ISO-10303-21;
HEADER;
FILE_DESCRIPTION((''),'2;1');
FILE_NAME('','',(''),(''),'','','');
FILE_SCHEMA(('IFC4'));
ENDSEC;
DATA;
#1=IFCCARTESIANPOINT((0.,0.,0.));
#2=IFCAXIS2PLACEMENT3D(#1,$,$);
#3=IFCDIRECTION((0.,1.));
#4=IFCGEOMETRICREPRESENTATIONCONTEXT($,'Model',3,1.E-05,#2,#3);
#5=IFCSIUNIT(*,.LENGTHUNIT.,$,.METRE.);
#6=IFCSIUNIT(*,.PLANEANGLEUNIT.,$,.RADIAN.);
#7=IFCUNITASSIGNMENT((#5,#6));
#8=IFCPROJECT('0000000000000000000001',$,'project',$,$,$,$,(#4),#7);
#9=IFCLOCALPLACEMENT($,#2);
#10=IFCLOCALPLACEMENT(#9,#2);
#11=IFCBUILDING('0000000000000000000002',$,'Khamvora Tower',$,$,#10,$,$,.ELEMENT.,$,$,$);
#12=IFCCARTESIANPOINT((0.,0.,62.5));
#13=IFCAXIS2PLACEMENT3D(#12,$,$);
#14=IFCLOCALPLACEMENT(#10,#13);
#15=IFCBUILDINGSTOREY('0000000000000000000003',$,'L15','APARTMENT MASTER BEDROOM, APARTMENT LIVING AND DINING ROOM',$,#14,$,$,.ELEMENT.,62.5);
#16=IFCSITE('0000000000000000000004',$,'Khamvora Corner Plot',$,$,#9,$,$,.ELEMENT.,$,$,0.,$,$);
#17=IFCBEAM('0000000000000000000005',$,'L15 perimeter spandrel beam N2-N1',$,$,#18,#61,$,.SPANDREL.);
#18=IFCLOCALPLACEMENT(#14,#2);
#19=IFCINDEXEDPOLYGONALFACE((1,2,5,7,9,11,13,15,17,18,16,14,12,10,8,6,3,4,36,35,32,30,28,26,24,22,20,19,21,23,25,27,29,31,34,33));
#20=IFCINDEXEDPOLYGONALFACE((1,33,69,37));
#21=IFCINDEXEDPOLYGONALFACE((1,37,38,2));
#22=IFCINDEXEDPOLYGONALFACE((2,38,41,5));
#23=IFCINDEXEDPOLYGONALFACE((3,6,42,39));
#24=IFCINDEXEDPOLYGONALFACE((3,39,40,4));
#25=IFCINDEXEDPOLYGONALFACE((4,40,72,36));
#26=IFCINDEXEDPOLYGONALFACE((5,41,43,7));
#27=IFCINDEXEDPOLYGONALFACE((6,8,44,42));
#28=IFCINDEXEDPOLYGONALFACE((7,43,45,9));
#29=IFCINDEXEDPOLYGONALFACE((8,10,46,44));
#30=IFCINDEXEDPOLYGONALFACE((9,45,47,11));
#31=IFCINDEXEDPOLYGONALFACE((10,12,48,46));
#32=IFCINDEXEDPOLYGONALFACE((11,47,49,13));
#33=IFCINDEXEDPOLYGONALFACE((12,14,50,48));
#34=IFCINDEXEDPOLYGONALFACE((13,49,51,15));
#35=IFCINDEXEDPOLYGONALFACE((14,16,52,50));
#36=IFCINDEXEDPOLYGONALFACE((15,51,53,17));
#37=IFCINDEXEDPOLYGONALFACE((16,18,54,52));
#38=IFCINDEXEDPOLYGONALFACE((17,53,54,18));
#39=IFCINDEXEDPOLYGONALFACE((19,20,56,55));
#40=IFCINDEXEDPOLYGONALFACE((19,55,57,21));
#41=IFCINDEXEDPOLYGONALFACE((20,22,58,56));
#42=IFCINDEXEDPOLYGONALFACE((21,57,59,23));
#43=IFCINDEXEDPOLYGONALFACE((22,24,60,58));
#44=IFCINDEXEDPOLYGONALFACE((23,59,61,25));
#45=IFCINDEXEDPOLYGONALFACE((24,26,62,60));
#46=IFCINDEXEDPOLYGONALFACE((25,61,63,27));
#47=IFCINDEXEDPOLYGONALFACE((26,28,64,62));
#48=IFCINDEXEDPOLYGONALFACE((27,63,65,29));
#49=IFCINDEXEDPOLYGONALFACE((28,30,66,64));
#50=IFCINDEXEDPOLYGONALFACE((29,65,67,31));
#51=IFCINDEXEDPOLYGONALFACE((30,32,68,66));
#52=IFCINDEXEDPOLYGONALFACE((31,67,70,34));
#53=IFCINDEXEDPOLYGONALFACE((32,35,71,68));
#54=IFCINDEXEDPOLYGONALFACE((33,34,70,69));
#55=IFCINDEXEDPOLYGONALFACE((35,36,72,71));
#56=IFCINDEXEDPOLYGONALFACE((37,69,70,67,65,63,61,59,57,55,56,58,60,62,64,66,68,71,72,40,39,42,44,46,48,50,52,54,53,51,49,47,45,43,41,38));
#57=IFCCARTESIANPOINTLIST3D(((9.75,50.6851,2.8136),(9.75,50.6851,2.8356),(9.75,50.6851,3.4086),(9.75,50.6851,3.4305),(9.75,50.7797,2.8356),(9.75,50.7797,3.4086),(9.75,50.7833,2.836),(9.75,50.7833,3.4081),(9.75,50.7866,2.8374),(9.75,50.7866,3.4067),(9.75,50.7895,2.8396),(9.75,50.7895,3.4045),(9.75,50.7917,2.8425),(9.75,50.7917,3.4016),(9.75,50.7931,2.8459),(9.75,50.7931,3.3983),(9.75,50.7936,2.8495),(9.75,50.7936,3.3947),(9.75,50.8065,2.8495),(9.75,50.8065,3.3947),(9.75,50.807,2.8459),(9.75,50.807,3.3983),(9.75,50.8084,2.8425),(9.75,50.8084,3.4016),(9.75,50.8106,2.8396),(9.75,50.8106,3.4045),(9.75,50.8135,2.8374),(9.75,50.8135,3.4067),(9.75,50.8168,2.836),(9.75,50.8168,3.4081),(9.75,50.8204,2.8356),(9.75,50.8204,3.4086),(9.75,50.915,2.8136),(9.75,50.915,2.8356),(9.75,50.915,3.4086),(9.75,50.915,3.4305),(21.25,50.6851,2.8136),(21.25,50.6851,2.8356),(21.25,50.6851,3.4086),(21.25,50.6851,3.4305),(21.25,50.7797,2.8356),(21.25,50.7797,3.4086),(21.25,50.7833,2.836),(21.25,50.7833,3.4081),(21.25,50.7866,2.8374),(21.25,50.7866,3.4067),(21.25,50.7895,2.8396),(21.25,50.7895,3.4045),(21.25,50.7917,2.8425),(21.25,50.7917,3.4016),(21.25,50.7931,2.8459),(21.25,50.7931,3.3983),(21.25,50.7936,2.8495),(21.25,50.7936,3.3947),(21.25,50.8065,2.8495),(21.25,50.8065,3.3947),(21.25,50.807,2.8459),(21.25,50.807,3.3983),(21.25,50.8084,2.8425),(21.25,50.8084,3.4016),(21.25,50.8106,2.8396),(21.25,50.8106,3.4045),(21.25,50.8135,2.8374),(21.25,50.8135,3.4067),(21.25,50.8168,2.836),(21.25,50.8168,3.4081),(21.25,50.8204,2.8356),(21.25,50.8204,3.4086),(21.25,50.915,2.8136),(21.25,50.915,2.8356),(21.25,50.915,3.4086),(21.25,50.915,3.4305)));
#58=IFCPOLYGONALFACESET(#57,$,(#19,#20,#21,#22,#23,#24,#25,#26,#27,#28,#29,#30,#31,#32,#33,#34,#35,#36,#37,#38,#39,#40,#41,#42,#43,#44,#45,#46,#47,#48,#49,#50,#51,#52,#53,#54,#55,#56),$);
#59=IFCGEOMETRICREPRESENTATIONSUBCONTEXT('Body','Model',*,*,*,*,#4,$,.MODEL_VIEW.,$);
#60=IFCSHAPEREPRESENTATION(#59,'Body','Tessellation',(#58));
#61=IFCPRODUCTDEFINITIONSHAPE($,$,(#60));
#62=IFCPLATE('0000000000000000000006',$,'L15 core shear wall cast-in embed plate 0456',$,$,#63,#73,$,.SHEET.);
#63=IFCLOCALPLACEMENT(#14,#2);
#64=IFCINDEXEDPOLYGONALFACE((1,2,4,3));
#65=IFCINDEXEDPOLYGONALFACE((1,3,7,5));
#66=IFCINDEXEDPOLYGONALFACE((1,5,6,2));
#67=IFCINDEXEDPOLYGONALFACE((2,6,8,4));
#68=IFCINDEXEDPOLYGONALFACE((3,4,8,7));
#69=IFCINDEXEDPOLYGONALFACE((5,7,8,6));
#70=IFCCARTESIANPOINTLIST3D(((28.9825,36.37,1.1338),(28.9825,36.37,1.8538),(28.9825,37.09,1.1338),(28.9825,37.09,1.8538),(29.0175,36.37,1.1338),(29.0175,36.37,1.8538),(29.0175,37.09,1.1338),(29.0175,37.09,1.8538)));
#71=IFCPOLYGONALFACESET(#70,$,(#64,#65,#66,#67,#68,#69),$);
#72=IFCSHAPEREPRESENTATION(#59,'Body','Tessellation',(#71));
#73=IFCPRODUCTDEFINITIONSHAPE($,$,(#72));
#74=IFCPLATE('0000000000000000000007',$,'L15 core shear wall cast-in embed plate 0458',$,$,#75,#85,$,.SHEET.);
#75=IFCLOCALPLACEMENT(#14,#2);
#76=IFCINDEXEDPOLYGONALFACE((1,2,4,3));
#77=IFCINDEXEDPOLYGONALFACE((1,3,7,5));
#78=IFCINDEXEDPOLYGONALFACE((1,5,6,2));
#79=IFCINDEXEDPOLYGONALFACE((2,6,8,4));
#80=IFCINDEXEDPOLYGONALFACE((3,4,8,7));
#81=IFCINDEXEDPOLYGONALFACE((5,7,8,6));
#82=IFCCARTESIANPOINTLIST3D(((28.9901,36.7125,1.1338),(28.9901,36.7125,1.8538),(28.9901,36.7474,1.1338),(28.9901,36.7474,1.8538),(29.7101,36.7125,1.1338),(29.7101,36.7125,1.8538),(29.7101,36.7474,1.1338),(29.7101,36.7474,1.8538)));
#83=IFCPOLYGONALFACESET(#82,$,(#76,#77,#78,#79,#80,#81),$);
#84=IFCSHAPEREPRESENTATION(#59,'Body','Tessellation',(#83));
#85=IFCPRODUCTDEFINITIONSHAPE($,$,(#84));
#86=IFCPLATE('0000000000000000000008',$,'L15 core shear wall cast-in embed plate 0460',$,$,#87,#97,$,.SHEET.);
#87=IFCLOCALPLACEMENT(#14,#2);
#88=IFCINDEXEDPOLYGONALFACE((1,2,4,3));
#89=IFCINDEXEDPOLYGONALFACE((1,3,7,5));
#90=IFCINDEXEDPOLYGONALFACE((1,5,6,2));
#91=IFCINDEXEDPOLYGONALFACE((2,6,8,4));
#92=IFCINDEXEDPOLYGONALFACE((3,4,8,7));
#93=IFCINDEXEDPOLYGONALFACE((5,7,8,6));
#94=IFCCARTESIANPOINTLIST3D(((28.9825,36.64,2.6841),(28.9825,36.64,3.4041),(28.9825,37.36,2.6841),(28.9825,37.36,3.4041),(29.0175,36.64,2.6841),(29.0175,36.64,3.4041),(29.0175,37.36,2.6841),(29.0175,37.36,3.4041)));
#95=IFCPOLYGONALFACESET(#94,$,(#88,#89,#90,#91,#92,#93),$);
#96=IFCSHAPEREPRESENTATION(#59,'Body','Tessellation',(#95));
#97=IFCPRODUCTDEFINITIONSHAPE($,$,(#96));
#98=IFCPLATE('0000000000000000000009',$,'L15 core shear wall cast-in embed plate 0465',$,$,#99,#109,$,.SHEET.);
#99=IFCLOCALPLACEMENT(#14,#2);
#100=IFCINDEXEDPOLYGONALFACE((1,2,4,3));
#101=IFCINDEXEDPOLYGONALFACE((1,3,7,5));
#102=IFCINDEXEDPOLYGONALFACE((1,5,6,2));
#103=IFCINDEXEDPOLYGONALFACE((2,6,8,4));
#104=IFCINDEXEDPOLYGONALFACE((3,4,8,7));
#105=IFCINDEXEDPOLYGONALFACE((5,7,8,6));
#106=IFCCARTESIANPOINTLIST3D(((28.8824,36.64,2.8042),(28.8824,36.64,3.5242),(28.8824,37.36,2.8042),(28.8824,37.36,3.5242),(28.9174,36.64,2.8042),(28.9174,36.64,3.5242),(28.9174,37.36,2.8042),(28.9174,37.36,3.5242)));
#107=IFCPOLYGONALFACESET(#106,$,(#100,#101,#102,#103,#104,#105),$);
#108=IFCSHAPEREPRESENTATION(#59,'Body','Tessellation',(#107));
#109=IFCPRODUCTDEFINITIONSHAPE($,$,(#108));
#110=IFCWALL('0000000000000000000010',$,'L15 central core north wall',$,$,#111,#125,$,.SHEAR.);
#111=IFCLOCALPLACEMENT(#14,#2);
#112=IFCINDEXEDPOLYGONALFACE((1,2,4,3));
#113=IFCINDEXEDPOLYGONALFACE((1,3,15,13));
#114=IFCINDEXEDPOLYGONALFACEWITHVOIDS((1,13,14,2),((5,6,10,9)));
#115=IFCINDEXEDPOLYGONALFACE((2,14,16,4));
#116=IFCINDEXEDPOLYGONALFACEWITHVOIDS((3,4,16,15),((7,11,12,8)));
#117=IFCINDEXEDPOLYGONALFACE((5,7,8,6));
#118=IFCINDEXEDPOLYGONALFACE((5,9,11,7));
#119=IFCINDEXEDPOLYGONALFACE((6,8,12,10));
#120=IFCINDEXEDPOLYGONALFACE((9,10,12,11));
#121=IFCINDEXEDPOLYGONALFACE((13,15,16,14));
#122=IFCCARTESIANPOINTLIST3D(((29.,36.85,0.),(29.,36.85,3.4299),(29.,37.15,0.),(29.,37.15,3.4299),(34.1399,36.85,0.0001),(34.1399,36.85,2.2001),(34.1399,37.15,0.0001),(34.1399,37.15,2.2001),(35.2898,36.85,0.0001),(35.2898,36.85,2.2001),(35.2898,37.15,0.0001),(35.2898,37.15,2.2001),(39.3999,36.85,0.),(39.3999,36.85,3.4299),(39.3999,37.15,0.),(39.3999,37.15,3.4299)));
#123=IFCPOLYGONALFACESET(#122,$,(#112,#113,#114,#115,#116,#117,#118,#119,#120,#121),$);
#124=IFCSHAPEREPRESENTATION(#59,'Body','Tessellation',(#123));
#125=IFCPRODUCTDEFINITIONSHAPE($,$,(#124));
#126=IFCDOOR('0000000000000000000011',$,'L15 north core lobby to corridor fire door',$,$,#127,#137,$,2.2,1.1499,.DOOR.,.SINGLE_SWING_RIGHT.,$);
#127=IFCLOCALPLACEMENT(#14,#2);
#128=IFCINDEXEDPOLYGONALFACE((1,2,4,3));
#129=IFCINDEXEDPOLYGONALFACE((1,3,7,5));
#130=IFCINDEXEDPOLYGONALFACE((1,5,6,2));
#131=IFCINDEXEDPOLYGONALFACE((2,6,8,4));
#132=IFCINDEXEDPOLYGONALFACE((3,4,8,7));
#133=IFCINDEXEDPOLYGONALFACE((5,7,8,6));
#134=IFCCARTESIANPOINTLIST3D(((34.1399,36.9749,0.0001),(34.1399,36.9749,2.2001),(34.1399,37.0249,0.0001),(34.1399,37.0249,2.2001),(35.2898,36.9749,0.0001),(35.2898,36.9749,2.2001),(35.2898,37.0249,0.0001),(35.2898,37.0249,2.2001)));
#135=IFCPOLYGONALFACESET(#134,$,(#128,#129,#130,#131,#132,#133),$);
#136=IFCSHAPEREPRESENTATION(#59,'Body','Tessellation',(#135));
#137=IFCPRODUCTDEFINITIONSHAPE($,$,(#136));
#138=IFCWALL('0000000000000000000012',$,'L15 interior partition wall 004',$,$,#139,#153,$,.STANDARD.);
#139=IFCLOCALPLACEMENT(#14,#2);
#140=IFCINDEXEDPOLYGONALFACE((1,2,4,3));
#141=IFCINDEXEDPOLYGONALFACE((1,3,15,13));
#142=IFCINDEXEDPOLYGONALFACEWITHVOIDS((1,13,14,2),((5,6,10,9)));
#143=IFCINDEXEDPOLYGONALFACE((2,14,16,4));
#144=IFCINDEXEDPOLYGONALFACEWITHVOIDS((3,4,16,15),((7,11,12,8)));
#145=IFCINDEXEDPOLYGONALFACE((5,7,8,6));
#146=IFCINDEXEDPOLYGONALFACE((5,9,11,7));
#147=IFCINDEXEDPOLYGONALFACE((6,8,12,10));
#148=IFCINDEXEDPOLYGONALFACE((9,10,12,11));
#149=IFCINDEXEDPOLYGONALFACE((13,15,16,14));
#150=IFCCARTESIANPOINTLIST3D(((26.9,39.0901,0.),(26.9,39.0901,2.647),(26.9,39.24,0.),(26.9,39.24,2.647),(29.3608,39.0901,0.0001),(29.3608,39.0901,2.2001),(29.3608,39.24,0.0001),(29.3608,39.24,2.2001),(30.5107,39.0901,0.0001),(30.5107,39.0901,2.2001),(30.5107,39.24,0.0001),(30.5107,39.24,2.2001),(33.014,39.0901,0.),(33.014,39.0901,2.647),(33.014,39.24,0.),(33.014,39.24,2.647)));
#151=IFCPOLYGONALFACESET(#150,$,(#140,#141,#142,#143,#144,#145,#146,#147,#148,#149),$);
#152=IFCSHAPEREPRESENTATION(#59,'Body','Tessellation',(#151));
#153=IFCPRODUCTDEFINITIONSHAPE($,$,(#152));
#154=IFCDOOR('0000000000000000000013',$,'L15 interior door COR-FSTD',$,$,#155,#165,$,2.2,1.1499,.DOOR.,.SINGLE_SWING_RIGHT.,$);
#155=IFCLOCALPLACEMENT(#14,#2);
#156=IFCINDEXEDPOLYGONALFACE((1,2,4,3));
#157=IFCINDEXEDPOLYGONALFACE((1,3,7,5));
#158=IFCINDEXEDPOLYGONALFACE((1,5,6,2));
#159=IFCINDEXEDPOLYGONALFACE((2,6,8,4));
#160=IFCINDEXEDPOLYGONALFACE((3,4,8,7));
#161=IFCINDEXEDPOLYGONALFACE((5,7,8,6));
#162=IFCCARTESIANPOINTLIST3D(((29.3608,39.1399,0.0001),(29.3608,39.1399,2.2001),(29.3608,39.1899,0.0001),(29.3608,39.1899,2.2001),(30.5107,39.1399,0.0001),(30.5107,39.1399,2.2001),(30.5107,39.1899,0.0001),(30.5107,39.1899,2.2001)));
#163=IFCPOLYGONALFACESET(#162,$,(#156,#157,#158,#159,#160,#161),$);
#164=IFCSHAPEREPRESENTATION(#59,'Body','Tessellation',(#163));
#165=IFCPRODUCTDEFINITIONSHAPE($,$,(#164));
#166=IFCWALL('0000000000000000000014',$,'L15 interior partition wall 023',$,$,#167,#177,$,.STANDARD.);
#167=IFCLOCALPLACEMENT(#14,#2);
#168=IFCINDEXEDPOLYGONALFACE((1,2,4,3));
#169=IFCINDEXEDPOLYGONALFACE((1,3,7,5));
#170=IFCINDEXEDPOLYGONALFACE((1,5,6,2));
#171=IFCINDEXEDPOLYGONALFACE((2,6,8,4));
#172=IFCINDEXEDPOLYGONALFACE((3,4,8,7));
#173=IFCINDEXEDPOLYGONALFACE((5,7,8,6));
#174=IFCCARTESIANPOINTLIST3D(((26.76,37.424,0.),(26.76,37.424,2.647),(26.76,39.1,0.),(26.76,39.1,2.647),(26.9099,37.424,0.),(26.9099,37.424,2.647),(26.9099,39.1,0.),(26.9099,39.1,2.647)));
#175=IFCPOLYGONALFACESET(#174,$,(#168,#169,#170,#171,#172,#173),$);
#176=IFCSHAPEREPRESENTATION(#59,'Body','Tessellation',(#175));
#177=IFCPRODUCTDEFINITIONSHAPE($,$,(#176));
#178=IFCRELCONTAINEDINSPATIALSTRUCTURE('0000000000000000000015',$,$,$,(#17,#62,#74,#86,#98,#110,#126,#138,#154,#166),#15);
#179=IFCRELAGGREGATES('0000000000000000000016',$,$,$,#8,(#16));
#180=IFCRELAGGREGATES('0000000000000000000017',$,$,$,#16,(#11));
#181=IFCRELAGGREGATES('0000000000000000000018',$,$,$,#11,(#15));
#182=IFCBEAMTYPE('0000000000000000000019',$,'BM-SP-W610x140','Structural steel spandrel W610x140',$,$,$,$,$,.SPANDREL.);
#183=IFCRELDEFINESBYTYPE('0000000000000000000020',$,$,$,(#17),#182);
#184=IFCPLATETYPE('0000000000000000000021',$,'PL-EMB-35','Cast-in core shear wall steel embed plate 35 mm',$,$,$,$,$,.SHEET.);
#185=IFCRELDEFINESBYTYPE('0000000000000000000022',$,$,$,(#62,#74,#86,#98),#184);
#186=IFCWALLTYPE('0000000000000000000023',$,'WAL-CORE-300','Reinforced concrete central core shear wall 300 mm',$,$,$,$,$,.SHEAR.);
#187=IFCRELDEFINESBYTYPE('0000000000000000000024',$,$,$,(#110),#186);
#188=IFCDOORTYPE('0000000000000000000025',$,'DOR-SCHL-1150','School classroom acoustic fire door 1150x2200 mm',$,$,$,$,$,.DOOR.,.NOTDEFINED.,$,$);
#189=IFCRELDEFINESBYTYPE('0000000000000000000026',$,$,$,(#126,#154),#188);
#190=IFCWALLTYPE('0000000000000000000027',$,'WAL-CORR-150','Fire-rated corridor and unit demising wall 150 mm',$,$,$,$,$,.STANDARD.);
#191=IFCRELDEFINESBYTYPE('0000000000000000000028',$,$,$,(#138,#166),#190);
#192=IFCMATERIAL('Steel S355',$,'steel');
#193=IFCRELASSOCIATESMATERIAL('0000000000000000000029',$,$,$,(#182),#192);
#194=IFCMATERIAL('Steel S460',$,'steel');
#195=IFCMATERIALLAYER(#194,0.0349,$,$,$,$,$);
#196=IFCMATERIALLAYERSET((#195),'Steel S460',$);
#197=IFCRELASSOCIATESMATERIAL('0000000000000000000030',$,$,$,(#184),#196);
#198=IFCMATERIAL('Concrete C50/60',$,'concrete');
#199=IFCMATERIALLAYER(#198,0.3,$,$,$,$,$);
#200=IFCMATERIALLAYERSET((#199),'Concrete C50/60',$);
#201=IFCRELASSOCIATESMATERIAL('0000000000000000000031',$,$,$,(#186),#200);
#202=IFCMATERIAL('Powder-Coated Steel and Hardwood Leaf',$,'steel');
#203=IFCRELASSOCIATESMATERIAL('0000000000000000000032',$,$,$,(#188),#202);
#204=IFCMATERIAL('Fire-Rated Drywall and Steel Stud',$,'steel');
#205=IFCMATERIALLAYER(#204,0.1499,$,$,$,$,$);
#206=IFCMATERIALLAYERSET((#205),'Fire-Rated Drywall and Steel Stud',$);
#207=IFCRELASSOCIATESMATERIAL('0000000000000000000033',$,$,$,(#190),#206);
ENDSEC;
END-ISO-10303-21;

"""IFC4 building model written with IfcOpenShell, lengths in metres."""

from ifc_helpers import new_model, si_unit, direction, frame, frame_2d, origin, origin_2d, place, context, subcontext, project, spatial, rectangle, i_section, extrude, material, layer, layer_set, material_profile, profile_set, type_object, element, fill, save


model = new_model("IFC4")

# Units and contexts
model_context = context("Model", 3, precision=1e-05, world=origin(), true_north=direction((0.0, 1.0)))
body_context = subcontext(model_context, "Body", "Model", "MODEL_VIEW")
ifc_project = project(units=[si_unit("LENGTHUNIT", "METRE"), si_unit("PLANEANGLEUNIT", "RADIAN")], contexts=[model_context])

# Site, building, storey
site_placement = place(None, origin())
site = spatial("IfcSite", under=ifc_project, at=site_placement, Name="Khamvora Corner Plot", CompositionType="ELEMENT", RefElevation=0.0)
building_placement = place(site_placement, origin())
building = spatial("IfcBuilding", under=site, at=building_placement, Name="Khamvora Tower", CompositionType="ELEMENT")
storey_placement = place(building_placement, frame((0.0, 0.0, 62.5)))
storey = spatial("IfcBuildingStorey", under=building, at=storey_placement, Name="L15", Description="APARTMENT MASTER BEDROOM, APARTMENT LIVING AND DINING ROOM", CompositionType="ELEMENT", Elevation=62.5)

# Shared definitions
ifc_material_1 = material(Name="Steel S460", Category="steel")

# Beam
ifc_material_2 = material(Name="Steel S355", Category="steel")
ifc_material_profile_1 = material_profile(ifc_material_2, i_section(OverallWidth=0.23, OverallDepth=0.6169, WebThickness=0.0129, FlangeThickness=0.022, FilletRadius=0.0139, at=origin_2d()), Name="W610x140")
ifc_profile_set_1 = profile_set([ifc_material_profile_1], Name="Steel S355")
beam_type_1 = type_object("IfcBeamType", Name="BM-SP-W610x140", Description="Structural steel spandrel W610x140", PredefinedType="SPANDREL", material=ifc_profile_set_1)
beam_1_placement = place(storey_placement, frame((21.25, 50.8, 3.1221), z_axis=(-1.0, 0.0, 0.0), x_axis=(0.0, -1.0, 0.0)))
element("IfcBeam", 1, at=beam_1_placement, inside=storey, type_object=beam_type_1, Name="L15 perimeter spandrel beam N2-N1", PredefinedType="SPANDREL", context=body_context, shape_type="SweptSolid", body=[
    extrude(i_section(OverallWidth=0.23, OverallDepth=0.6169, WebThickness=0.0129, FlangeThickness=0.022, FilletRadius=0.0139, at=origin_2d()), origin(), (0.0, 0.0, 1.0), 11.5),
])

# Plates
ifc_layer_1 = layer(ifc_material_1, 0.0349)
ifc_layer_set_1 = layer_set([ifc_layer_1], Name="Steel S460")
plate_type = type_object("IfcPlateType", Name="PL-EMB-35", Description="Cast-in core shear wall steel embed plate 35 mm", PredefinedType="SHEET", material=ifc_layer_set_1)
plate_1_placement = place(storey_placement, frame((29.0, 36.73, 1.1338), z_axis=(0.0, 0.0, 1.0), x_axis=(1.0, 0.0, 0.0)))
element("IfcPlate", 2, at=plate_1_placement, inside=storey, type_object=plate_type, Name="L15 core shear wall cast-in embed plate 0456", PredefinedType="SHEET", context=body_context, shape_type="SweptSolid", body=[
    extrude(rectangle(XDim=0.0349, YDim=0.72, at=origin_2d()), origin(), (0.0, 0.0, 1.0), 0.72),
])
plate_2_placement = place(storey_placement, frame((29.3501, 36.73, 1.1338), z_axis=(0.0, 0.0, 1.0), x_axis=(1.0, 0.0, 0.0)))
element("IfcPlate", 3, at=plate_2_placement, inside=storey, type_object=plate_type, Name="L15 core shear wall cast-in embed plate 0458", PredefinedType="SHEET", context=body_context, shape_type="SweptSolid", body=[
    extrude(rectangle(XDim=0.72, YDim=0.0349, at=origin_2d()), origin(), (0.0, 0.0, 1.0), 0.72),
])
for number, where, z_axis, x_axis, name in (
    (4, (29.0, 37.0, 2.6841), (0.0, 0.0, 1.0), (1.0, 0.0, 0.0), "L15 core shear wall cast-in embed plate 0460"),
    (5, (28.8999, 37.0, 2.8042), (0.0, 0.0, 1.0), (1.0, 0.0, 0.0), "L15 core shear wall cast-in embed plate 0465"),
):
    element("IfcPlate", number, at=place(storey_placement, frame(where, z_axis=z_axis, x_axis=x_axis)), inside=storey, type_object=plate_type, Name=name, PredefinedType="SHEET", context=body_context, shape_type="SweptSolid", body=[
        extrude(rectangle(XDim=0.0349, YDim=0.72, at=origin_2d()), origin(), (0.0, 0.0, 1.0), 0.72),
    ])

# Walls, openings, doors
ifc_material_3 = material(Name="Concrete C50/60", Category="concrete")
ifc_layer_2 = layer(ifc_material_3, 0.3)
ifc_layer_set_2 = layer_set([ifc_layer_2], Name="Concrete C50/60")
wall_type_1 = type_object("IfcWallType", Name="WAL-CORE-300", Description="Reinforced concrete central core shear wall 300 mm", PredefinedType="SHEAR", material=ifc_layer_set_2)
wall_1_placement = place(storey_placement, frame((29.0, 37.0, 0.0), z_axis=(0.0, 0.0, 1.0), x_axis=(1.0, 0.0, 0.0)))
wall_1 = element("IfcWall", 6, at=wall_1_placement, inside=storey, type_object=wall_type_1, Name="L15 central core north wall", PredefinedType="SHEAR", context=body_context, shape_type="SweptSolid", body=[
    extrude(rectangle(XDim=10.3999, YDim=0.3, at=frame_2d((5.2, 0.0))), origin(), (0.0, 0.0, 1.0), 3.4299),
])
opening_1_placement = place(wall_1_placement, frame((5.1399, 0.0, 0.0)))
opening_1 = element("IfcOpeningElement", 7, at=opening_1_placement, cuts=wall_1, PredefinedType="OPENING", context=body_context, shape_type="SweptSolid", body=[
    extrude(rectangle(XDim=1.1499, YDim=2.2, at=frame_2d((0.575, 1.1001))), frame((0.0, 0.1599, 0.0), z_axis=(0.0, -1.0, 0.0), x_axis=(1.0, 0.0, 0.0)), (0.0, 0.0, 1.0), 0.3201),
])
ifc_material_4 = material(Name="Powder-Coated Steel and Hardwood Leaf", Category="steel")
door_type_1 = type_object("IfcDoorType", Name="DOR-SCHL-1150", Description="School classroom acoustic fire door 1150x2200 mm", OperationType="NOTDEFINED", PredefinedType="DOOR", material=ifc_material_4)
door_1_placement = place(opening_1_placement, origin())
door_1 = element("IfcDoor", 8, at=door_1_placement, inside=storey, type_object=door_type_1, Name="L15 north core lobby to corridor fire door", OperationType="SINGLE_SWING_RIGHT", OverallHeight=2.2, OverallWidth=1.1499, PredefinedType="DOOR", context=body_context, shape_type="SweptSolid", body=[
    extrude(rectangle(XDim=1.1499, YDim=2.2, at=frame_2d((0.575, 1.1001))), frame((0.0, 0.0249, 0.0), z_axis=(0.0, -1.0, 0.0), x_axis=(1.0, 0.0, 0.0)), (0.0, 0.0, 1.0), 0.05),
])
fill(opening_1, door_1)
ifc_material_5 = material(Name="Fire-Rated Drywall and Steel Stud", Category="steel")
ifc_layer_3 = layer(ifc_material_5, 0.1499)
ifc_layer_set_3 = layer_set([ifc_layer_3], Name="Fire-Rated Drywall and Steel Stud")
wall_type_2 = type_object("IfcWallType", Name="WAL-CORR-150", Description="Fire-rated corridor and unit demising wall 150 mm", PredefinedType="STANDARD", material=ifc_layer_set_3)
wall_2_placement = place(storey_placement, frame((26.8999, 39.165, 0.0), z_axis=(0.0, 0.0, 1.0), x_axis=(1.0, 0.0, 0.0)))
wall_2 = element("IfcWall", 9, at=wall_2_placement, inside=storey, type_object=wall_type_2, Name="L15 interior partition wall 004", PredefinedType="STANDARD", context=body_context, shape_type="SweptSolid", body=[
    extrude(rectangle(XDim=6.114, YDim=0.1499, at=frame_2d((3.0571, 0.0))), origin(), (0.0, 0.0, 1.0), 2.647),
])
opening_2_placement = place(wall_2_placement, frame((2.4609, 0.0, 0.0)))
opening_2 = element("IfcOpeningElement", 10, at=opening_2_placement, cuts=wall_2, PredefinedType="OPENING", context=body_context, shape_type="SweptSolid", body=[
    extrude(rectangle(XDim=1.1499, YDim=2.2, at=frame_2d((0.575, 1.1001))), frame((0.0, 0.085, 0.0), z_axis=(0.0, -1.0, 0.0), x_axis=(1.0, 0.0, 0.0)), (0.0, 0.0, 1.0), 0.1699),
])
door_2_placement = place(opening_2_placement, origin())
door_2 = element("IfcDoor", 11, at=door_2_placement, inside=storey, type_object=door_type_1, Name="L15 interior door COR-FSTD", OperationType="SINGLE_SWING_RIGHT", OverallHeight=2.2, OverallWidth=1.1499, PredefinedType="DOOR", context=body_context, shape_type="SweptSolid", body=[
    extrude(rectangle(XDim=1.1499, YDim=2.2, at=frame_2d((0.575, 1.1001))), frame((0.0, 0.0249, 0.0), z_axis=(0.0, -1.0, 0.0), x_axis=(1.0, 0.0, 0.0)), (0.0, 0.0, 1.0), 0.05),
])
fill(opening_2, door_2)

# Wall
wall_3_placement = place(storey_placement, frame((26.835, 37.4241, 0.0), z_axis=(0.0, 0.0, 1.0), x_axis=(0.0, 1.0, 0.0)))
element("IfcWall", 12, at=wall_3_placement, inside=storey, type_object=wall_type_2, Name="L15 interior partition wall 023", PredefinedType="STANDARD", context=body_context, shape_type="SweptSolid", body=[
    extrude(rectangle(XDim=1.676, YDim=0.1499, at=frame_2d((0.8379, 0.0))), origin(), (0.0, 0.0, 1.0), 2.647),
])

save(model, "model.ifc")
